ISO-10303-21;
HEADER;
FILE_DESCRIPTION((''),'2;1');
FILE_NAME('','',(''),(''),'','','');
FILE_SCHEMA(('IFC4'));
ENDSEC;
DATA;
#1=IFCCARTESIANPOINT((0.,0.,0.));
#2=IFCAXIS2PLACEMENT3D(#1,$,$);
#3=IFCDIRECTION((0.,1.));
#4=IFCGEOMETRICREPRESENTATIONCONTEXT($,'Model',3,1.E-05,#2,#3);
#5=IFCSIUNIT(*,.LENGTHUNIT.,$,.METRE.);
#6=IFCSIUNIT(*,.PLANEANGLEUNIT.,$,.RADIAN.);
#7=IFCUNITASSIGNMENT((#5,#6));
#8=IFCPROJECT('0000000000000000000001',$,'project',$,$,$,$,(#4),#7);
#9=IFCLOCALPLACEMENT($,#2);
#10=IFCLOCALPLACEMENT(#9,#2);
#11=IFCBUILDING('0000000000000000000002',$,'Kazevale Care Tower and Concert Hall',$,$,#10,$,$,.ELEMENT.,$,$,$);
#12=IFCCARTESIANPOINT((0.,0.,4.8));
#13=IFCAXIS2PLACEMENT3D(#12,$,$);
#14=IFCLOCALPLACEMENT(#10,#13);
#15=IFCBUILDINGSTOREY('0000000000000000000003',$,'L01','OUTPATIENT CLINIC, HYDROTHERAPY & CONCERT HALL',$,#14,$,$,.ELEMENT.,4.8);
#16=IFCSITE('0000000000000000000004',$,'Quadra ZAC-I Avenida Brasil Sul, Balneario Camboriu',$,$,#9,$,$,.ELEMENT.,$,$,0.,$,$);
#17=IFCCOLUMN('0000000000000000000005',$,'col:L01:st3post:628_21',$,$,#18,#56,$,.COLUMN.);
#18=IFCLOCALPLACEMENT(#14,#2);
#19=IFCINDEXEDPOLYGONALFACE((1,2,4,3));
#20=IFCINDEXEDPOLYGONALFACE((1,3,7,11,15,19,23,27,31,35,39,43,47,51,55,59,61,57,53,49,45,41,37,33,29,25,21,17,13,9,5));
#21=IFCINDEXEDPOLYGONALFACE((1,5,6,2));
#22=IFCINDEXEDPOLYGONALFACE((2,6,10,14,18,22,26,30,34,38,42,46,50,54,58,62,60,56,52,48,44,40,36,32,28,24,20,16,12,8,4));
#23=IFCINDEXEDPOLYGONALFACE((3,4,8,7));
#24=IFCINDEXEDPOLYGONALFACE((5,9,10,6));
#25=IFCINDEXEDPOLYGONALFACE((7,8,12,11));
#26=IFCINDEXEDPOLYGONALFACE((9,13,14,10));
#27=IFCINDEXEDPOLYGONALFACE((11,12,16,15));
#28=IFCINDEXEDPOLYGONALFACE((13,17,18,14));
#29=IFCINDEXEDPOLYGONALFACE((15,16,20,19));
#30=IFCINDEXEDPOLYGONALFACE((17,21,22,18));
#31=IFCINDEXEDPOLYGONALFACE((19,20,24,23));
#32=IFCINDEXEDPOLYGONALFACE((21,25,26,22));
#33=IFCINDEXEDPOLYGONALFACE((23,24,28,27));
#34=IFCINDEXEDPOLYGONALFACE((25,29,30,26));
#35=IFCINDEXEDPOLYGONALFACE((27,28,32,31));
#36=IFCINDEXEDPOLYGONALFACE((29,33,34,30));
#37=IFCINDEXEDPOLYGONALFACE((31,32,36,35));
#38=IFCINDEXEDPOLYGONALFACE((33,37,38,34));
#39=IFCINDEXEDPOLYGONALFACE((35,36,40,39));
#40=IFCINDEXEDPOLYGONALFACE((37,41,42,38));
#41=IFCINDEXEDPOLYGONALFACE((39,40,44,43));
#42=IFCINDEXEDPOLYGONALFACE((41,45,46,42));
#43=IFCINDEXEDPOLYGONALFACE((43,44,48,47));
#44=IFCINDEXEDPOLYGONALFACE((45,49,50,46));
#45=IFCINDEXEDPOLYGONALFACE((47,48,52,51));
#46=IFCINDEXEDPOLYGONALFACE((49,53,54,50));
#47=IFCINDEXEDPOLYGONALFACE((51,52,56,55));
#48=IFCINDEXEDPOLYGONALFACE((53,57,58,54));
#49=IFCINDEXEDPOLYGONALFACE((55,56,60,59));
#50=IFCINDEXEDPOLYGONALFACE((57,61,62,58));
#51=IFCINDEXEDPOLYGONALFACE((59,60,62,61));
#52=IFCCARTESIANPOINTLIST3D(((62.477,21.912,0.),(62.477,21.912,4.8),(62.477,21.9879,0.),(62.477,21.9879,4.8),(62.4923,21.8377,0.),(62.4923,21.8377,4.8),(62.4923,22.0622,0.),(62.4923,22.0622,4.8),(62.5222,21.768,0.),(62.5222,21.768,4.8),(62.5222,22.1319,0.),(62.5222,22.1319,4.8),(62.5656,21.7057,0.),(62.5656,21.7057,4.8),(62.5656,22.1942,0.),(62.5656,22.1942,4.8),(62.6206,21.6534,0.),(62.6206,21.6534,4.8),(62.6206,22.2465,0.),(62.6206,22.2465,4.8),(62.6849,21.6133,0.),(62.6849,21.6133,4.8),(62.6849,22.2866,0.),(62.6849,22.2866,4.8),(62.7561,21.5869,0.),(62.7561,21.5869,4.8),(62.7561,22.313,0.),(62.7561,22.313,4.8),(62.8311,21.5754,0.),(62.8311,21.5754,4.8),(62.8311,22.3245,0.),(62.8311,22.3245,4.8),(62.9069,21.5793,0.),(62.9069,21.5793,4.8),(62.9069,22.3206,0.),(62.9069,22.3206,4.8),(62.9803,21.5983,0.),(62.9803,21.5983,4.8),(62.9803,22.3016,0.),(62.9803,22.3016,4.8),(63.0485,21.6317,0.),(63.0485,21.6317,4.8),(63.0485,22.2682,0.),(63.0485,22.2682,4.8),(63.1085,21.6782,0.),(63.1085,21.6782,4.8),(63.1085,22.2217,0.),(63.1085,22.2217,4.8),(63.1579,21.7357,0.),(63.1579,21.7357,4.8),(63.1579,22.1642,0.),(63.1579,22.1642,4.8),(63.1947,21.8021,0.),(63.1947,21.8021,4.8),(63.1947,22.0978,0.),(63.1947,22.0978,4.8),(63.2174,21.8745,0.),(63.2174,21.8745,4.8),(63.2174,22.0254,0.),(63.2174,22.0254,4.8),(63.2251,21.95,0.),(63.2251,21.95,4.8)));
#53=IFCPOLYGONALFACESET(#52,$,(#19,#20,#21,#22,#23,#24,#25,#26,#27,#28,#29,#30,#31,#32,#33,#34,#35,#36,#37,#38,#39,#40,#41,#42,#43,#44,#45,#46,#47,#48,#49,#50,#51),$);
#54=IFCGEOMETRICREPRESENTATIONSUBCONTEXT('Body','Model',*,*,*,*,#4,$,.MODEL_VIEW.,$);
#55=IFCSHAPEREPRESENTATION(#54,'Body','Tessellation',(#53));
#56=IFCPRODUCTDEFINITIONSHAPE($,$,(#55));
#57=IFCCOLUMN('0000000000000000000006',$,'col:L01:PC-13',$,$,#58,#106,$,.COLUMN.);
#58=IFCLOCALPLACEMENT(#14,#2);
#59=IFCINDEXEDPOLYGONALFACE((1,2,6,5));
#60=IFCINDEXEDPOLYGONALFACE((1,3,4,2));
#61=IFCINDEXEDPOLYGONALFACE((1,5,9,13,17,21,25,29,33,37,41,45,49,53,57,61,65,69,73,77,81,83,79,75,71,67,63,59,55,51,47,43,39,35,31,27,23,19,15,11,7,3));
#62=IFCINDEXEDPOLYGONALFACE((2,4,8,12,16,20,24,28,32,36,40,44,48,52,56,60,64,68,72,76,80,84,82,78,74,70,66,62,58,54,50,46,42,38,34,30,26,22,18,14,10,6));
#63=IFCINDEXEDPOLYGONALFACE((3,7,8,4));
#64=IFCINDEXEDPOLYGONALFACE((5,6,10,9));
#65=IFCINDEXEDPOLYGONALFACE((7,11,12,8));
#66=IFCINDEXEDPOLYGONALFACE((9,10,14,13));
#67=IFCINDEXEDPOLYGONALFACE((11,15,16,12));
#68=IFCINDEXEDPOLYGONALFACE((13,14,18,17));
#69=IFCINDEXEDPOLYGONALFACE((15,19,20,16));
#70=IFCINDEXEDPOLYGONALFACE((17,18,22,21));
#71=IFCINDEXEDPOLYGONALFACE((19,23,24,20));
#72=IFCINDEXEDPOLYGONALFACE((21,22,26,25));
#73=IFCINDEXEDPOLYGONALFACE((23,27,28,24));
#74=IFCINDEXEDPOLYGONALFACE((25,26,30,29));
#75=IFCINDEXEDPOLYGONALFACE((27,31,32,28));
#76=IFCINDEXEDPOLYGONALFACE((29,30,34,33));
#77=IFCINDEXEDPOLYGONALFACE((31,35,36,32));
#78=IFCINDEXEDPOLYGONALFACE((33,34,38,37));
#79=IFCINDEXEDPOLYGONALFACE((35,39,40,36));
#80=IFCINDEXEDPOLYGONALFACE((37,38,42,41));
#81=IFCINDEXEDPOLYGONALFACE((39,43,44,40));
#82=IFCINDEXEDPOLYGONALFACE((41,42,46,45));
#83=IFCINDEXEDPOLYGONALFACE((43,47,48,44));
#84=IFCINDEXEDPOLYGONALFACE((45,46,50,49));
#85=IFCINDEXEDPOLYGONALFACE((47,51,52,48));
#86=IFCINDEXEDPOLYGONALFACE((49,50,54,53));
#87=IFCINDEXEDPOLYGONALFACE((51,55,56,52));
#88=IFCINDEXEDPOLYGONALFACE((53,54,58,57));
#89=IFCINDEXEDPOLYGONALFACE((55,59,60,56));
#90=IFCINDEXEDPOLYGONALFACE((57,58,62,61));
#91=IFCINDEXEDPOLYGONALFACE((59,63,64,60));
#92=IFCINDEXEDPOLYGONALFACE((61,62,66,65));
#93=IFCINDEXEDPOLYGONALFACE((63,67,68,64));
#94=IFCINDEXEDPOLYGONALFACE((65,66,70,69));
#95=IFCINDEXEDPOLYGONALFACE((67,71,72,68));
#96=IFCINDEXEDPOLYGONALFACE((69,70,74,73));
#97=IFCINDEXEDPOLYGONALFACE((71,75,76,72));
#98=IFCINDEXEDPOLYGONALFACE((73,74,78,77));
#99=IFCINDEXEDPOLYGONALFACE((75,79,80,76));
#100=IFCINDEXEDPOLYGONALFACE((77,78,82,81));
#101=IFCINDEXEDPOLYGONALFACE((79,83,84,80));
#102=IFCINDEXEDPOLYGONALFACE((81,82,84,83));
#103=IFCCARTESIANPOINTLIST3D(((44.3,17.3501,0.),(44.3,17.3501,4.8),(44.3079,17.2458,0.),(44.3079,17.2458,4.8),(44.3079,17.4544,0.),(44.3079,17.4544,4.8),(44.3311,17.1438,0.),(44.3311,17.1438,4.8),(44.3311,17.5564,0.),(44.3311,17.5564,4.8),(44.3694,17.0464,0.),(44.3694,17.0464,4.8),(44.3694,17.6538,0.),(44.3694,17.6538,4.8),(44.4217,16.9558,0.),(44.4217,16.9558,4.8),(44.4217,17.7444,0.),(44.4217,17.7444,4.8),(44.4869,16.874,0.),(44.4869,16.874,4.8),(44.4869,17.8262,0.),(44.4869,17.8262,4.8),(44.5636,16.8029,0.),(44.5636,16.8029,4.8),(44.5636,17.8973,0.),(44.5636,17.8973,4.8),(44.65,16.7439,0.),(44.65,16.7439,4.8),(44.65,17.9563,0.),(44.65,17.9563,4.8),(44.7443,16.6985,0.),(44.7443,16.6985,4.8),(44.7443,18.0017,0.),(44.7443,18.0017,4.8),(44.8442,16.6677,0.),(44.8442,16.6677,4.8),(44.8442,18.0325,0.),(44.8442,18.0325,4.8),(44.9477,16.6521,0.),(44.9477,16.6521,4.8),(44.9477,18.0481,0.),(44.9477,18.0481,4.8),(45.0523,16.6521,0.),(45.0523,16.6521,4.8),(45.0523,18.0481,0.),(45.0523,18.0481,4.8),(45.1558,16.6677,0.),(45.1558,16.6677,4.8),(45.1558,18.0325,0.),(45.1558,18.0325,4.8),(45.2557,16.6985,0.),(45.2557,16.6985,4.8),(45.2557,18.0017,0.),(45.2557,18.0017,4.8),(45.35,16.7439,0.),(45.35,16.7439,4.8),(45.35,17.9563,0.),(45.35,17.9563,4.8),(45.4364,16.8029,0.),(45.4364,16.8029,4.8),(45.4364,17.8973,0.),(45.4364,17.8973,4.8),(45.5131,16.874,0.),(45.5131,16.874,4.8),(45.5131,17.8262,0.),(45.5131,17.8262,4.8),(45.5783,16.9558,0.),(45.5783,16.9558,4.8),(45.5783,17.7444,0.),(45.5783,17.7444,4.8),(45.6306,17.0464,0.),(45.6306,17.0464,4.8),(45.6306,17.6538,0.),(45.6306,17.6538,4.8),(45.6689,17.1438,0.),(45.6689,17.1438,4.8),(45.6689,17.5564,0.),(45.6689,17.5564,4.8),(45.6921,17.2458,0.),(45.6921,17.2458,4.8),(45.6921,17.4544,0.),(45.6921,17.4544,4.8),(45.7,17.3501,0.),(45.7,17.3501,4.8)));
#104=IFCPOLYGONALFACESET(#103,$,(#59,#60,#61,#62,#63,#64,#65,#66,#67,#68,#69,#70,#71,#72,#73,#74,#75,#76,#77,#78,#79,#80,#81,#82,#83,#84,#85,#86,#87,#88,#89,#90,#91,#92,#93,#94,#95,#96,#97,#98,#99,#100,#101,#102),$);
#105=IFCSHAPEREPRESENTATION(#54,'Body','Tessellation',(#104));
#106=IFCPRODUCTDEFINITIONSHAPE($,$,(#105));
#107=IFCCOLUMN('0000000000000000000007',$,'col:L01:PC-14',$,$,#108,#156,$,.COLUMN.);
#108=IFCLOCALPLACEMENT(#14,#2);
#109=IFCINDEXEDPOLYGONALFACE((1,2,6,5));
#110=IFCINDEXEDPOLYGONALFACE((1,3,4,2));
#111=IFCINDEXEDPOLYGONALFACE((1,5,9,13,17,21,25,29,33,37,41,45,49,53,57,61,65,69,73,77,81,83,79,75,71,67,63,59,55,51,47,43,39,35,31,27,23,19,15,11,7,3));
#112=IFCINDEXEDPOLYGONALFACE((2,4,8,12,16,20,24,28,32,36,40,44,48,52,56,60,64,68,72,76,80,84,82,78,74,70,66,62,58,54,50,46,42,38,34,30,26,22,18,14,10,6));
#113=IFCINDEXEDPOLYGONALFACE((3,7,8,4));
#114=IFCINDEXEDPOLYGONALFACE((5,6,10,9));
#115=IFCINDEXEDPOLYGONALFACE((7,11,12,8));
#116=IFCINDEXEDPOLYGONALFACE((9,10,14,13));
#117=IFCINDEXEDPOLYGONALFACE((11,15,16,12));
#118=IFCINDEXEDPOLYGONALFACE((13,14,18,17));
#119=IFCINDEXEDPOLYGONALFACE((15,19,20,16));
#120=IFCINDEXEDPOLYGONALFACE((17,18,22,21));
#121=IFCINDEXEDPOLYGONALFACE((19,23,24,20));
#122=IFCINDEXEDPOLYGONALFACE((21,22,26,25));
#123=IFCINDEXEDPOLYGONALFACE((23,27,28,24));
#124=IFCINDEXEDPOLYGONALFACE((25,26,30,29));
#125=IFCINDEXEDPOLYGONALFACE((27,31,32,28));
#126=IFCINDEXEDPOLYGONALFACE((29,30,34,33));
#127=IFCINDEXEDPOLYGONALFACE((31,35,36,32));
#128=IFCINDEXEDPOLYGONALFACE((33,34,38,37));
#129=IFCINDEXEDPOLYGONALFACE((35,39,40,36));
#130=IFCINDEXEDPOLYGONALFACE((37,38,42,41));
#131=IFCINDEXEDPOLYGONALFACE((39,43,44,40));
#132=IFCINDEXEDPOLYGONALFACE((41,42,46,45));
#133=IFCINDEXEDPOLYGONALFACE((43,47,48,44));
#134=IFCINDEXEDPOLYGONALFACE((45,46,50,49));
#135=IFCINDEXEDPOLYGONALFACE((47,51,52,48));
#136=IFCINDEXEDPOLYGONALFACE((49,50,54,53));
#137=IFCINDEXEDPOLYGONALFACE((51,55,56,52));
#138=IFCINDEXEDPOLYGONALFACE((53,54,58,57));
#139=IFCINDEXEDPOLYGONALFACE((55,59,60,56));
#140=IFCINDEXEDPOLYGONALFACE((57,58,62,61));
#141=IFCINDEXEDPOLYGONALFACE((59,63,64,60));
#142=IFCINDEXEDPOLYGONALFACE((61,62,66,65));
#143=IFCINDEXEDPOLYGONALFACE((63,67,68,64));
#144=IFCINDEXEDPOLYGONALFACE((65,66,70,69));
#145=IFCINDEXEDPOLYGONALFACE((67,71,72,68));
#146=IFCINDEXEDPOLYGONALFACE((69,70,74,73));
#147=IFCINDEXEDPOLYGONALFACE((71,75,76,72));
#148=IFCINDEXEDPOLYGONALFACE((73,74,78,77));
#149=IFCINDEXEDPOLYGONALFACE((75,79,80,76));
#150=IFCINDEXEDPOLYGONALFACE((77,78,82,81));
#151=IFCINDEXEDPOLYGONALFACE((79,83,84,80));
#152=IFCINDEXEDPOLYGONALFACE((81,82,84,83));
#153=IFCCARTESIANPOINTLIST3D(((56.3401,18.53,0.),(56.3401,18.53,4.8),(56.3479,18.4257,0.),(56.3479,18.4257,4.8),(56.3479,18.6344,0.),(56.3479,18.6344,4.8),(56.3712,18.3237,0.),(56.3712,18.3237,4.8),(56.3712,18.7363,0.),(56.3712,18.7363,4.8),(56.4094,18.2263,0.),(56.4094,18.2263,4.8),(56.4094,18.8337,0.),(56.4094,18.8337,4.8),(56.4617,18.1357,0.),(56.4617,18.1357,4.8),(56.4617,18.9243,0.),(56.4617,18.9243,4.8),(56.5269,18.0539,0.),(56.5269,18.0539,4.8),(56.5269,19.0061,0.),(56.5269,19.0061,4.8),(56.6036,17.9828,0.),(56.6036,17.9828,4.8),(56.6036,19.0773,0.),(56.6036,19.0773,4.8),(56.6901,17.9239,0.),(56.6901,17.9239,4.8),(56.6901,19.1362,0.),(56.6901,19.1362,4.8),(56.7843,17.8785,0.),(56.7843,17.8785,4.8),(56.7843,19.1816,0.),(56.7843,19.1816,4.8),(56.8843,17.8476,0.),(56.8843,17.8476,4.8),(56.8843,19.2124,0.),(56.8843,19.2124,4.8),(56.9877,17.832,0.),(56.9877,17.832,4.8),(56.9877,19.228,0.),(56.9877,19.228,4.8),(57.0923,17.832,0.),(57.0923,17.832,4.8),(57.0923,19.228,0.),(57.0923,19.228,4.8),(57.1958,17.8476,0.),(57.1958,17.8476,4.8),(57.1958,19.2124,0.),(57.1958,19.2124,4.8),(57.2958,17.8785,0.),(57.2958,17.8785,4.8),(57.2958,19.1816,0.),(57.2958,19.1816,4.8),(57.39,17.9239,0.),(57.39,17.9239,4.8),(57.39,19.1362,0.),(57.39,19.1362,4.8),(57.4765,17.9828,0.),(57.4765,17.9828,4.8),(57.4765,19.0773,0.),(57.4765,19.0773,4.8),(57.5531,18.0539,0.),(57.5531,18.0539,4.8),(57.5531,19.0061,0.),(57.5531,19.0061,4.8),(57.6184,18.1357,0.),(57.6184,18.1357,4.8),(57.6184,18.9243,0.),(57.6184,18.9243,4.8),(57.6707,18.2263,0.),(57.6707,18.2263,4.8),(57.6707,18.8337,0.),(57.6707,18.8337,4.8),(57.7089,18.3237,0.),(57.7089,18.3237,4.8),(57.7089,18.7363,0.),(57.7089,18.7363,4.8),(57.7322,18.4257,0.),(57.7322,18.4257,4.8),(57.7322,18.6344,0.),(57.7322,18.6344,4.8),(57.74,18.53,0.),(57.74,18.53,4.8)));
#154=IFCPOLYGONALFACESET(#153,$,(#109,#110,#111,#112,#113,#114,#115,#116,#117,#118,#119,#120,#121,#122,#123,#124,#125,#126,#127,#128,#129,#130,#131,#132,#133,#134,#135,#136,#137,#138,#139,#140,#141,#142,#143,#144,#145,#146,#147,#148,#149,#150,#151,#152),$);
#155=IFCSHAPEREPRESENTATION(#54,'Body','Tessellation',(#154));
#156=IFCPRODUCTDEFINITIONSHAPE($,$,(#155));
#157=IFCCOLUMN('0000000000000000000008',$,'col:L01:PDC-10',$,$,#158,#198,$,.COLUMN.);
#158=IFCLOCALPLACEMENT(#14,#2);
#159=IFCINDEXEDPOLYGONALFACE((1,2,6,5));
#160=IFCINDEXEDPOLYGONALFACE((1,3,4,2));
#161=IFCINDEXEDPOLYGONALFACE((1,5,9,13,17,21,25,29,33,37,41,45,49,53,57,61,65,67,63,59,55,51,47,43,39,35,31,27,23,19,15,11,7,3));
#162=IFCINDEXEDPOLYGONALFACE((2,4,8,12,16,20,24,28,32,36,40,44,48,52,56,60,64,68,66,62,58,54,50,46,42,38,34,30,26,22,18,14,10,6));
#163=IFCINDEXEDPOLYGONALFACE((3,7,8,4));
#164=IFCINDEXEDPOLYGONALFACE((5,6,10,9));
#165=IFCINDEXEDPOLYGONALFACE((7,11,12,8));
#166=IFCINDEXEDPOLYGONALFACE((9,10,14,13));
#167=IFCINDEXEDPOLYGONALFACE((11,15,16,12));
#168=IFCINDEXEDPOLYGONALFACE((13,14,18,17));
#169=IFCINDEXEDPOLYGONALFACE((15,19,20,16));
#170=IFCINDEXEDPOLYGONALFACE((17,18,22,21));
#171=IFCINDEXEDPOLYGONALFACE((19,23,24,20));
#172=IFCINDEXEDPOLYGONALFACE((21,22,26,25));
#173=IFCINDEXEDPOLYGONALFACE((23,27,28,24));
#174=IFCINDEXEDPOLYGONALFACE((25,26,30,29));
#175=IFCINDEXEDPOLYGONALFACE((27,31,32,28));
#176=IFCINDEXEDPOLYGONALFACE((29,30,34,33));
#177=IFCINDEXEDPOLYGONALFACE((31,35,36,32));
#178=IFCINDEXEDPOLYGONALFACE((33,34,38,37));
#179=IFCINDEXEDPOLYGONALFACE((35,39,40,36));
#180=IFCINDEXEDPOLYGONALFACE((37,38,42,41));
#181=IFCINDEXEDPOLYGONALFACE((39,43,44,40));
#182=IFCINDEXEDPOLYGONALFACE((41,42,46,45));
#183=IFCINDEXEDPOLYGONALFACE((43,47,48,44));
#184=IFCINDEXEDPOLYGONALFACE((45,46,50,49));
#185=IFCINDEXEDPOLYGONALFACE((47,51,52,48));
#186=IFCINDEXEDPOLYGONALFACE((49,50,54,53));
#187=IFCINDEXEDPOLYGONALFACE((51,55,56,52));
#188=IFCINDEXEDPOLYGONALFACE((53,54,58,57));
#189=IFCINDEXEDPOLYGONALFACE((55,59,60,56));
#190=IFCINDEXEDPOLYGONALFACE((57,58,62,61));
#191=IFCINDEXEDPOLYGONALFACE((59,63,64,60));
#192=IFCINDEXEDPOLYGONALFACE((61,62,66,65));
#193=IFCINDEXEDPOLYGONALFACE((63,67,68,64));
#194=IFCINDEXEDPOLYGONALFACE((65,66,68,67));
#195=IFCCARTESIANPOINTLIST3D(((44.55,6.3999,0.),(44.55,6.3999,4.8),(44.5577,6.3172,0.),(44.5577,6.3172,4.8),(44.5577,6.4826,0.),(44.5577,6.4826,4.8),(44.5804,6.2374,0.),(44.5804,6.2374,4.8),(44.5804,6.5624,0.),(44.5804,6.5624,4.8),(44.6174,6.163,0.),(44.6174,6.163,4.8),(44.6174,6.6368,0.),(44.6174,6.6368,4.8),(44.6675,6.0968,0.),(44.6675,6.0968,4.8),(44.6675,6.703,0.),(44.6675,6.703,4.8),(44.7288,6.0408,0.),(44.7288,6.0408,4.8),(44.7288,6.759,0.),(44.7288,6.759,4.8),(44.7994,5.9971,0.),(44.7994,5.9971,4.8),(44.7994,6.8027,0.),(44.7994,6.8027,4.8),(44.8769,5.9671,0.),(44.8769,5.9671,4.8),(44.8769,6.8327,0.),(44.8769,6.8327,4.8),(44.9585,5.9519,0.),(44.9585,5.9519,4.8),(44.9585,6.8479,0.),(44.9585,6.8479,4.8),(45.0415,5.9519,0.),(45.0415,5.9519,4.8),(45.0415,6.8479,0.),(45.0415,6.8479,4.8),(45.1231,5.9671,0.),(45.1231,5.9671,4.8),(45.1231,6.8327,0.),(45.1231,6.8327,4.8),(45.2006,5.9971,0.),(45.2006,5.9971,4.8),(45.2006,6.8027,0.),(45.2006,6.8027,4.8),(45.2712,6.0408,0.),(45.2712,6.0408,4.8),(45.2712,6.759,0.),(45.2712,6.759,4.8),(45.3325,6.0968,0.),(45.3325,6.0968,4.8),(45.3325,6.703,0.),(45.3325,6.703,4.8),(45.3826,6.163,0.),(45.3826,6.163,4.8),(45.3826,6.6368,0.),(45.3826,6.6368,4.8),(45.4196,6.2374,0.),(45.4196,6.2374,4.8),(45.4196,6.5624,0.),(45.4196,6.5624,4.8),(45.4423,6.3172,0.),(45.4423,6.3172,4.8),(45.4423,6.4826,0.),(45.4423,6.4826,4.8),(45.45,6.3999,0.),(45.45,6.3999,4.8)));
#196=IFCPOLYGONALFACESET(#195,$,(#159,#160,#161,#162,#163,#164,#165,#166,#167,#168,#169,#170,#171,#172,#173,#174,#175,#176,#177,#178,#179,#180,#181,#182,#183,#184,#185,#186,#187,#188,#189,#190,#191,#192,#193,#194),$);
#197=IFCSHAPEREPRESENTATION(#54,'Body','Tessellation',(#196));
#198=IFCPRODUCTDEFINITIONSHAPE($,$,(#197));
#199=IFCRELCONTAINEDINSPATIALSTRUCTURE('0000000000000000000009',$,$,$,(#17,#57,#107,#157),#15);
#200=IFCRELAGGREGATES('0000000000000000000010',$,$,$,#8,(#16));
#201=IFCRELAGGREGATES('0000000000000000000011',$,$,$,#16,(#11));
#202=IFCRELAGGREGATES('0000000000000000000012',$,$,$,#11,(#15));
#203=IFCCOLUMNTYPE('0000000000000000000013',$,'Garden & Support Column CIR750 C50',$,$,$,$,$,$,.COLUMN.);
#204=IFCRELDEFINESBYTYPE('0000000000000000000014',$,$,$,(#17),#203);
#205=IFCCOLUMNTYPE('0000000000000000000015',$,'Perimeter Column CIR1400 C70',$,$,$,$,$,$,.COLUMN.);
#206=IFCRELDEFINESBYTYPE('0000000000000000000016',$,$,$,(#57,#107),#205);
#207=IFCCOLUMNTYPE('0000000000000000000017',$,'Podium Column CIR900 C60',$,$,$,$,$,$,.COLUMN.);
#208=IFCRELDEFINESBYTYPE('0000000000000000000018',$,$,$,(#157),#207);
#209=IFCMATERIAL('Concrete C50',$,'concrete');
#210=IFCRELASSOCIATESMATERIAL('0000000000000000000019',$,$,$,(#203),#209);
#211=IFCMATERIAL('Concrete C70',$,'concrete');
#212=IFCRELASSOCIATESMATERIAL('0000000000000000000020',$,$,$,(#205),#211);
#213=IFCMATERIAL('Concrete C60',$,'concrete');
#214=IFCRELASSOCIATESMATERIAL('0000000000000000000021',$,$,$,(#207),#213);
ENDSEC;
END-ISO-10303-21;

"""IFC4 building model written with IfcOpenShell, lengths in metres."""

from ifc_helpers import new_model, si_unit, direction, frame, origin, origin_2d, place, context, subcontext, project, spatial, circle, extrude, material, material_profile, profile_set, type_object, element, save


model = new_model("IFC4")

# Units and contexts
model_context = context("Model", 3, precision=1e-05, world=origin(), true_north=direction((0.0, 1.0)))
body_context = subcontext(model_context, "Body", "Model", "MODEL_VIEW")
ifc_project = project(units=[si_unit("LENGTHUNIT", "METRE"), si_unit("PLANEANGLEUNIT", "RADIAN")], contexts=[model_context])

# Site, building, storey
site_placement = place(None, origin())
site = spatial("IfcSite", under=ifc_project, at=site_placement, Name="Quadra ZAC-I Avenida Brasil Sul, Balneario Camboriu", CompositionType="ELEMENT", RefElevation=0.0)
building_placement = place(site_placement, origin())
building = spatial("IfcBuilding", under=site, at=building_placement, Name="Kazevale Care Tower and Concert Hall", CompositionType="ELEMENT")
storey_placement = place(building_placement, frame((0.0, 0.0, 4.8)))
storey = spatial("IfcBuildingStorey", under=building, at=storey_placement, Name="L01", Description="OUTPATIENT CLINIC, HYDROTHERAPY & CONCERT HALL", CompositionType="ELEMENT", Elevation=4.8)

# Columns
ifc_material_1 = material(Name="Concrete C50", Category="concrete")
ifc_material_profile_1 = material_profile(ifc_material_1, circle(Radius=0.375, at=origin_2d()), Name="RC-CIR750")
ifc_profile_set_1 = profile_set([ifc_material_profile_1], Name="Concrete C50")
column_type_1 = type_object("IfcColumnType", Name="Garden & Support Column CIR750 C50", PredefinedType="COLUMN", material=ifc_profile_set_1)
column_1_placement = place(storey_placement, frame((62.8501, 21.95, 0.0), z_axis=(0.0, 0.0, 1.0), x_axis=(1.0, 0.0, 0.0)))
element("IfcColumn", 1, at=column_1_placement, inside=storey, type_object=column_type_1, Name="col:L01:st3post:628_21", PredefinedType="COLUMN", context=body_context, shape_type="SweptSolid", body=[
    extrude(circle(Radius=0.375, at=origin_2d()), origin(), (0.0, 0.0, 1.0), 4.8),
])
ifc_material_2 = material(Name="Concrete C70", Category="concrete")
ifc_material_profile_2 = material_profile(ifc_material_2, circle(Radius=0.7, at=origin_2d()), Name="RC-CIR1400")
ifc_profile_set_2 = profile_set([ifc_material_profile_2], Name="Concrete C70")
column_type_2 = type_object("IfcColumnType", Name="Perimeter Column CIR1400 C70", PredefinedType="COLUMN", material=ifc_profile_set_2)
for number, where, z_axis, x_axis, name in (
    (2, (45.0, 17.3501, 0.0), (0.0, 0.0, 1.0), (1.0, 0.0, 0.0), "col:L01:PC-13"),
    (3, (57.04, 18.53, 0.0), (0.0, 0.0, 1.0), (1.0, 0.0, 0.0), "col:L01:PC-14"),
):
    element("IfcColumn", number, at=place(storey_placement, frame(where, z_axis=z_axis, x_axis=x_axis)), inside=storey, type_object=column_type_2, Name=name, PredefinedType="COLUMN", context=body_context, shape_type="SweptSolid", body=[
        extrude(circle(Radius=0.7, at=origin_2d()), origin(), (0.0, 0.0, 1.0), 4.8),
    ])
ifc_material_3 = material(Name="Concrete C60", Category="concrete")
ifc_material_profile_3 = material_profile(ifc_material_3, circle(Radius=0.45, at=origin_2d()), Name="RC-CIR900")
ifc_profile_set_3 = profile_set([ifc_material_profile_3], Name="Concrete C60")
column_type_3 = type_object("IfcColumnType", Name="Podium Column CIR900 C60", PredefinedType="COLUMN", material=ifc_profile_set_3)
column_2_placement = place(storey_placement, frame((45.0, 6.3999, 0.0), z_axis=(0.0, 0.0, 1.0), x_axis=(1.0, 0.0, 0.0)))
element("IfcColumn", 4, at=column_2_placement, inside=storey, type_object=column_type_3, Name="col:L01:PDC-10", PredefinedType="COLUMN", context=body_context, shape_type="SweptSolid", body=[
    extrude(circle(Radius=0.45, at=origin_2d()), origin(), (0.0, 0.0, 1.0), 4.8),
])

save(model, "model.ifc")
